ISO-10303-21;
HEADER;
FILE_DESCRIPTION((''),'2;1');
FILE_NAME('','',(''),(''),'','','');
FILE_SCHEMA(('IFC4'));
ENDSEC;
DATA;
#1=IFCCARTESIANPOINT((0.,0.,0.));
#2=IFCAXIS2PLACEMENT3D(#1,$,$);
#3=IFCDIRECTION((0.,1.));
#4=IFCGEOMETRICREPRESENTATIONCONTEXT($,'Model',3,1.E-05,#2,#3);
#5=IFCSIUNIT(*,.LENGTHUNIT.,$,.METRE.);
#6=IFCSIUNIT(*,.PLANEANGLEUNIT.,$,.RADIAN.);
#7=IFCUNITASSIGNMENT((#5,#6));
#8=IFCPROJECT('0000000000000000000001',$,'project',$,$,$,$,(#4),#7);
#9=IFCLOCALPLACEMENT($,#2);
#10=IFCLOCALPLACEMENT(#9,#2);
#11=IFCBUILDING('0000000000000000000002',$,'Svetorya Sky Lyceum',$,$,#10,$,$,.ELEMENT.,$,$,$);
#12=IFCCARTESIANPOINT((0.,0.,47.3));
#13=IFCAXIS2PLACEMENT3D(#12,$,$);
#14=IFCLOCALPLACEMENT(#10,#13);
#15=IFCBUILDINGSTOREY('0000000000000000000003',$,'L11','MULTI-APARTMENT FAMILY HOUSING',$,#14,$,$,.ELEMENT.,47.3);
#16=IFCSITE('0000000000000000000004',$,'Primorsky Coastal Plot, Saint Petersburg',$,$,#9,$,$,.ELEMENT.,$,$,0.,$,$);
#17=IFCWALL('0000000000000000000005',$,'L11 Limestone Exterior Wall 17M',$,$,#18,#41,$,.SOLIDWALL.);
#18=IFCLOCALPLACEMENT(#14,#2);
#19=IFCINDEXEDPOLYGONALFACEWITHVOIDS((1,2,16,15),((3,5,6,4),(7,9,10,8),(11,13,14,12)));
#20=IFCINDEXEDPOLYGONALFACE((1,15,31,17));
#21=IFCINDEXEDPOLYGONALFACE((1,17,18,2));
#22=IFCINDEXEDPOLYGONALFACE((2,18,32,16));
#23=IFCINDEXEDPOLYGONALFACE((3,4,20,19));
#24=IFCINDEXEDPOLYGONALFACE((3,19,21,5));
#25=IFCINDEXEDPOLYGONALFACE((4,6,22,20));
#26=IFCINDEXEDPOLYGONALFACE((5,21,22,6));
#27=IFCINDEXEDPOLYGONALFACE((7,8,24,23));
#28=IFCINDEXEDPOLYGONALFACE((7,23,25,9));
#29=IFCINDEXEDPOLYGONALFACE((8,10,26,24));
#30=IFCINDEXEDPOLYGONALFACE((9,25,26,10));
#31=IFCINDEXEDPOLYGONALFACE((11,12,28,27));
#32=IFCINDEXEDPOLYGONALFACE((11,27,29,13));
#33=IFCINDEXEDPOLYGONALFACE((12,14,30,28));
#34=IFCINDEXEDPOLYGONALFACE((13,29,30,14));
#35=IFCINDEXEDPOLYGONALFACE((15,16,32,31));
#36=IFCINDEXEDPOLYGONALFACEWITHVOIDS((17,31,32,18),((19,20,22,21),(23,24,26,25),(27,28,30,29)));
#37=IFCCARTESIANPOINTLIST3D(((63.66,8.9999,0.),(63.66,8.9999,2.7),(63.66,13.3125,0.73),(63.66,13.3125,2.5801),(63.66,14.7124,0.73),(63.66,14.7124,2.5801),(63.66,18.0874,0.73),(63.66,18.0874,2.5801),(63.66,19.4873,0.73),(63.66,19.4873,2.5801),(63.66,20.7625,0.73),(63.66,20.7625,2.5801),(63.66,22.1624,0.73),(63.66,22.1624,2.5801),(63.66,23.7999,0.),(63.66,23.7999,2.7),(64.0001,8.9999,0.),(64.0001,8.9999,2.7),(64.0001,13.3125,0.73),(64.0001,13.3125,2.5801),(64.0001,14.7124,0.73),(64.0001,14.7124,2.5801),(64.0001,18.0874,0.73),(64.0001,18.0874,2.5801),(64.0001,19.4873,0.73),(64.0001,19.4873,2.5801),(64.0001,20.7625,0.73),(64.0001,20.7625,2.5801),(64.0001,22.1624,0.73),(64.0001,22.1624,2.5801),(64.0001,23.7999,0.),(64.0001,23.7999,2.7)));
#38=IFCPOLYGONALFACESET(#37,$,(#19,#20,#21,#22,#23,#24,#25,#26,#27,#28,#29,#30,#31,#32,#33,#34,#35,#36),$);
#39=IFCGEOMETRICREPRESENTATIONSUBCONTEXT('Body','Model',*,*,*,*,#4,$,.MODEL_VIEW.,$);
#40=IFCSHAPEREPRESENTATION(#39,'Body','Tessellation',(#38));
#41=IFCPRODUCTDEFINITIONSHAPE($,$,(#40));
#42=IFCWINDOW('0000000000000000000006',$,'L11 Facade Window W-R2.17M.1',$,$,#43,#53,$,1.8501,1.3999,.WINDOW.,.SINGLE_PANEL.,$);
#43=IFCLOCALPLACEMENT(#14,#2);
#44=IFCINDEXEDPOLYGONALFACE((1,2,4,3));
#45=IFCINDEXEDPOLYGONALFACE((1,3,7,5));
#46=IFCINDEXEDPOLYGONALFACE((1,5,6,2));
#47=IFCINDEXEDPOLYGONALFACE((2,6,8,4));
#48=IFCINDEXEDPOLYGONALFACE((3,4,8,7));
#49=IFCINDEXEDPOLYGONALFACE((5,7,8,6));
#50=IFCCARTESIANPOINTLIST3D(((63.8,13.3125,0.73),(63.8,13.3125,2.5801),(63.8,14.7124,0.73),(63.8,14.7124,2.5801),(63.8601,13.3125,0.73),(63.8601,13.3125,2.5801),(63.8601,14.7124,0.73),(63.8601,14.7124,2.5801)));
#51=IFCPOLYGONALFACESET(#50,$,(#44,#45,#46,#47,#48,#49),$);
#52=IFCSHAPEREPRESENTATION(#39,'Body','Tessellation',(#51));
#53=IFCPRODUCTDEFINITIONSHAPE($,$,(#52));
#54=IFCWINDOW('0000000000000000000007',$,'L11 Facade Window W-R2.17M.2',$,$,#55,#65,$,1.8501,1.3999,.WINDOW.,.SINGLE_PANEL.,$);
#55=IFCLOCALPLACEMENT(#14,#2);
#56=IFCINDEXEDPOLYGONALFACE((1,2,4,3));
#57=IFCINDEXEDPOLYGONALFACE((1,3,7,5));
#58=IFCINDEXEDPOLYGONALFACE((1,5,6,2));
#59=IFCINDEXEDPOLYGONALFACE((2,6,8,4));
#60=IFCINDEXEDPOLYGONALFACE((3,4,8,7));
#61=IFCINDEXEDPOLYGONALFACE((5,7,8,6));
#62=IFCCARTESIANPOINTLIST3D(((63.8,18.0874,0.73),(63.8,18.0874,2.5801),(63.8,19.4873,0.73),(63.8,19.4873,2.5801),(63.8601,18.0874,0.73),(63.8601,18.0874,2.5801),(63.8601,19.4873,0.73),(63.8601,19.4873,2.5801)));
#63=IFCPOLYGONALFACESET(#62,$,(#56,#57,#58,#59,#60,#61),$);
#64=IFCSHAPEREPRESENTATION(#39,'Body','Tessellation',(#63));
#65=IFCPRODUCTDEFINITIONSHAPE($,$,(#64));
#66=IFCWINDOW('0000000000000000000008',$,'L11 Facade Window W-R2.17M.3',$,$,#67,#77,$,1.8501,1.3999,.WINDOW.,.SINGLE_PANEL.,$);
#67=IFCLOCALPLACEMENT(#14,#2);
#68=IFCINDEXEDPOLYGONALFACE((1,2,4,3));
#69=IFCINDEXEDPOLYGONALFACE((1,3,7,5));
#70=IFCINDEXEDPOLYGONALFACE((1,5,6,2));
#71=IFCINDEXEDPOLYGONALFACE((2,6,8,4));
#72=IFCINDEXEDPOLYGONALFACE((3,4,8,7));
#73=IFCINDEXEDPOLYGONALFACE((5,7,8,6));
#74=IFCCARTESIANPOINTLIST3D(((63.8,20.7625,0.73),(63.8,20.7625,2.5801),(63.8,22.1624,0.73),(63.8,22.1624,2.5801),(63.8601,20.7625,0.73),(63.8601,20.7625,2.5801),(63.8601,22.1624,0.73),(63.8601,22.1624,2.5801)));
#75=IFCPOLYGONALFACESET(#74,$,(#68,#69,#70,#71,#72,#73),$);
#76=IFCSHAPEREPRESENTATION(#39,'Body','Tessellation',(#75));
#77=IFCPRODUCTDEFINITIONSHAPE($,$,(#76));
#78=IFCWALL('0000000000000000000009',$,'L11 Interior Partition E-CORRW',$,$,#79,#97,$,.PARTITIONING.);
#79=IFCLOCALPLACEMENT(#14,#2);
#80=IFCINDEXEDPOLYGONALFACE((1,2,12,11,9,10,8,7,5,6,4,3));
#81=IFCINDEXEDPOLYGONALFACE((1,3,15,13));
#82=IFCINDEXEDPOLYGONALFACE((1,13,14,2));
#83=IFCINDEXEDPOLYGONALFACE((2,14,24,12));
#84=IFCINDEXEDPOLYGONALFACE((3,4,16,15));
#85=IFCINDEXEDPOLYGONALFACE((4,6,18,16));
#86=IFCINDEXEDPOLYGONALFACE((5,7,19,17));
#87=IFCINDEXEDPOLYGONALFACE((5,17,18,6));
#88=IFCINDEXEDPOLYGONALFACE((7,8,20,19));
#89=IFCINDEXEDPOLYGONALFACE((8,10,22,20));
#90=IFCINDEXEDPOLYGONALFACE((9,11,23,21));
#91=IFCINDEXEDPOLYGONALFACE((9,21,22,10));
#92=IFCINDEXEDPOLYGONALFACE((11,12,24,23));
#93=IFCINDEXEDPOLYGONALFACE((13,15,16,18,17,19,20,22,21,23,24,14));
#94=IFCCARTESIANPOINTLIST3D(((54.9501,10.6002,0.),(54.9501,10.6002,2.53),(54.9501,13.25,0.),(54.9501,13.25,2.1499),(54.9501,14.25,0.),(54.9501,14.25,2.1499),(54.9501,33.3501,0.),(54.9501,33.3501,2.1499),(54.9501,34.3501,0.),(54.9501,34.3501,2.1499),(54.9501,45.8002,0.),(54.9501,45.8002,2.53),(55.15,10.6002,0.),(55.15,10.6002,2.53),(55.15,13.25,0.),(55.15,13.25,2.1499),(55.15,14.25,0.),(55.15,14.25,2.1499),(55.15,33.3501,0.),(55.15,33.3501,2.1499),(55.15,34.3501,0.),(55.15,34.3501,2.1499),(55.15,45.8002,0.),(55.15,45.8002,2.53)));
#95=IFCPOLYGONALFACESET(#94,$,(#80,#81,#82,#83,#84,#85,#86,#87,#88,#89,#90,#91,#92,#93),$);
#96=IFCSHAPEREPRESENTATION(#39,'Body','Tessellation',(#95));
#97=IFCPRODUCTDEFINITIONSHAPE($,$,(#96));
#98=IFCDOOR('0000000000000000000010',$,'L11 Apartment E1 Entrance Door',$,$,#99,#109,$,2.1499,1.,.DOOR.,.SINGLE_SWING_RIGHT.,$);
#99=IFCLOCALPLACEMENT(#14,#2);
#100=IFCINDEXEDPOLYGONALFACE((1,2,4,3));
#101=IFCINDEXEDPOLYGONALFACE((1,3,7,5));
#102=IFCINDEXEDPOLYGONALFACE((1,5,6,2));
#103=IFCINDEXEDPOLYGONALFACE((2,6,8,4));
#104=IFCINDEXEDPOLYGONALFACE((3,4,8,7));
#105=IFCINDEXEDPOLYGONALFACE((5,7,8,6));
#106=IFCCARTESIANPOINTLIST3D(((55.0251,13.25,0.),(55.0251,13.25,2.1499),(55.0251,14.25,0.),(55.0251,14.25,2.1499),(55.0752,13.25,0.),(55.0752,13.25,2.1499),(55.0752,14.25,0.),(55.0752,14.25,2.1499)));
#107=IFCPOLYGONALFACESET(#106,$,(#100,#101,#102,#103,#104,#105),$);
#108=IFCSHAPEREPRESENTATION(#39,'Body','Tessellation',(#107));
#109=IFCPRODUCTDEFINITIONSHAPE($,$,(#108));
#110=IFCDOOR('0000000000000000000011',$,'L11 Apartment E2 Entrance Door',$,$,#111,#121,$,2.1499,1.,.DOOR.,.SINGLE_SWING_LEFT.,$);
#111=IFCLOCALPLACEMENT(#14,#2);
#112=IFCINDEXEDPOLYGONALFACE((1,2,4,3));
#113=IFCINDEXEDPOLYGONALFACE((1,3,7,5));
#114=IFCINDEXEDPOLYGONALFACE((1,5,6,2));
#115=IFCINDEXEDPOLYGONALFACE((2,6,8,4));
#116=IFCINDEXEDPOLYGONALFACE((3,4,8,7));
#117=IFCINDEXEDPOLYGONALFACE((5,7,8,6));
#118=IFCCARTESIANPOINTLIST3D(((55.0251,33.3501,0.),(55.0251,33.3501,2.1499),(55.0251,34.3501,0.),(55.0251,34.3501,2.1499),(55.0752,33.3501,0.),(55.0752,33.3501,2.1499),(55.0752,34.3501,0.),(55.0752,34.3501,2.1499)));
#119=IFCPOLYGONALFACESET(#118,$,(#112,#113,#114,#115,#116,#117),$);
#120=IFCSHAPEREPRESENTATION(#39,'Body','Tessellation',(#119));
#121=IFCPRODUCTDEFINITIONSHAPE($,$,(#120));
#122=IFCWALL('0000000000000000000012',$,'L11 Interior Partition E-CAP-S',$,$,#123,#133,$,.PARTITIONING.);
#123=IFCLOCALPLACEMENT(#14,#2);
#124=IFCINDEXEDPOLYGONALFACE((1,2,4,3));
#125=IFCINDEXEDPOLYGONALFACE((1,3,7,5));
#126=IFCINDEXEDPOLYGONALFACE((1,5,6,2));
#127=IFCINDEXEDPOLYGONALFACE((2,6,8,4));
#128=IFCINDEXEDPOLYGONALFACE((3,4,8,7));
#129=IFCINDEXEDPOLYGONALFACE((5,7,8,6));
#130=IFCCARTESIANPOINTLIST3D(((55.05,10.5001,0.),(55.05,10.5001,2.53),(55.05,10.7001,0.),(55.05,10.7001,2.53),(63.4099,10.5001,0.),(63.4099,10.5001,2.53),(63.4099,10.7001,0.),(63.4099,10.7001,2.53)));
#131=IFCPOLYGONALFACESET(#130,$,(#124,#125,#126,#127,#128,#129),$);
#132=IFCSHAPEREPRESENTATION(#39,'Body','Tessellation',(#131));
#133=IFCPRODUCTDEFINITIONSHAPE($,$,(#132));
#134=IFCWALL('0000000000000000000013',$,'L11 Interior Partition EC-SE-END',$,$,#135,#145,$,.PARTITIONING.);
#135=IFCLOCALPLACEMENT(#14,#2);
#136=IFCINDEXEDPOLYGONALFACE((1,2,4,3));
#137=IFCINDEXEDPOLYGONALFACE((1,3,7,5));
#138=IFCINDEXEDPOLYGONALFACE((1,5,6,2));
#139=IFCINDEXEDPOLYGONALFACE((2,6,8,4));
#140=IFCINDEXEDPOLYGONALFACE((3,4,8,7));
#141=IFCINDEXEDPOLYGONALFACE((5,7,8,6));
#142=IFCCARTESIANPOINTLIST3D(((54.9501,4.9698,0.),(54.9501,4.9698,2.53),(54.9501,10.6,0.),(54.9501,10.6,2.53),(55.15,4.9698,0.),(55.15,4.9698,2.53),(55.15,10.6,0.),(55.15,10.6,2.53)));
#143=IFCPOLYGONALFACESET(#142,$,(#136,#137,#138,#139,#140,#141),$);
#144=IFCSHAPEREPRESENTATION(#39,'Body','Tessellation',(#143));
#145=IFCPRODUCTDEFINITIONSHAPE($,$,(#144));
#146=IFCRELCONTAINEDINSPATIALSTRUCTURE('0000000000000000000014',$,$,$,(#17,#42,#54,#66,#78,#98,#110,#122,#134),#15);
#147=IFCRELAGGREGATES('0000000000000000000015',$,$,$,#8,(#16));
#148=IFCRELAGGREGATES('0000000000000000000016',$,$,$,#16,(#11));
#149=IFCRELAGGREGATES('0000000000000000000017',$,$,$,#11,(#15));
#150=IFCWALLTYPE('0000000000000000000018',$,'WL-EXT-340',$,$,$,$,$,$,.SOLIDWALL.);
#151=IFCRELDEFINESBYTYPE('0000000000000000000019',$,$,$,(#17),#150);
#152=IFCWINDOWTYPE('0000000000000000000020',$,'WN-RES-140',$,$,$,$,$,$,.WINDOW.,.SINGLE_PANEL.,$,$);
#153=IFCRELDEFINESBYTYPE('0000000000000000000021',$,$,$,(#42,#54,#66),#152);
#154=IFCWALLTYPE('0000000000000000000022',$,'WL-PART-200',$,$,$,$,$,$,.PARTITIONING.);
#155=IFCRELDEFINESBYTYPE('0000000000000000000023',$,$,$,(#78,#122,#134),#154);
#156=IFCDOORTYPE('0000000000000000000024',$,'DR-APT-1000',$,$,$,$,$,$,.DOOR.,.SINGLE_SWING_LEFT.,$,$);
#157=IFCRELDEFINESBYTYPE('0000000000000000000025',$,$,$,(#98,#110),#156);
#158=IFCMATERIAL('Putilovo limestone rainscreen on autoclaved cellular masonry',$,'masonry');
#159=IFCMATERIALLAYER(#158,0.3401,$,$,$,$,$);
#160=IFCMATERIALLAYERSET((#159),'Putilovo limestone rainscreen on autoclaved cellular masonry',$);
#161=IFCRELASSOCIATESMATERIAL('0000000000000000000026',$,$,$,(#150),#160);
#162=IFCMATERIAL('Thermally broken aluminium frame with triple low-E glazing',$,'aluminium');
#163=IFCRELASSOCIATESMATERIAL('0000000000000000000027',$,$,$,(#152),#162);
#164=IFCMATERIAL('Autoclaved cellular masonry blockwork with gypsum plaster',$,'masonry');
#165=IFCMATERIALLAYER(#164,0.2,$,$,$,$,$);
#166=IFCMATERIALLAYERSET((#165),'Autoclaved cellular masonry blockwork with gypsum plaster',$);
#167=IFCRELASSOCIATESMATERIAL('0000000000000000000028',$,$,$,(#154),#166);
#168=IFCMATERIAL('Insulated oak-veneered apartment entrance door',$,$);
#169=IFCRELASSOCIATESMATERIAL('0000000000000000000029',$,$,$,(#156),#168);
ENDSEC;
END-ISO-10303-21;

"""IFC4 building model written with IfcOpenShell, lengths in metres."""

from ifc_helpers import new_model, si_unit, direction, frame, frame_2d, origin, place, context, subcontext, project, spatial, rectangle, extrude, material, layer, layer_set, type_object, element, fill, save


model = new_model("IFC4")

# Units and contexts
model_context = context("Model", 3, precision=1e-05, world=origin(), true_north=direction((0.0, 1.0)))
body_context = subcontext(model_context, "Body", "Model", "MODEL_VIEW")
ifc_project = project(units=[si_unit("LENGTHUNIT", "METRE"), si_unit("PLANEANGLEUNIT", "RADIAN")], contexts=[model_context])

# Site, building, storey
site_placement = place(None, origin())
site = spatial("IfcSite", under=ifc_project, at=site_placement, Name="Primorsky Coastal Plot, Saint Petersburg", CompositionType="ELEMENT", RefElevation=0.0)
building_placement = place(site_placement, origin())
building = spatial("IfcBuilding", under=site, at=building_placement, Name="Svetorya Sky Lyceum", CompositionType="ELEMENT")
storey_placement = place(building_placement, frame((0.0, 0.0, 47.3)))
storey = spatial("IfcBuildingStorey", under=building, at=storey_placement, Name="L11", Description="MULTI-APARTMENT FAMILY HOUSING", CompositionType="ELEMENT", Elevation=47.3)

# Shared definitions
ifc_material_1 = material(Name="Putilovo limestone rainscreen on autoclaved cellular masonry", Category="masonry")
ifc_layer_1 = layer(ifc_material_1, 0.3401)
ifc_layer_set_1 = layer_set([ifc_layer_1], Name="Putilovo limestone rainscreen on autoclaved cellular masonry")
wall_type_1 = type_object("IfcWallType", Name="WL-EXT-340", PredefinedType="SOLIDWALL", material=ifc_layer_set_1)

# Wall, openings, windows
wall_1_placement = place(storey_placement, frame((63.8301, 9.0, 0.0), z_axis=(0.0, 0.0, 1.0), x_axis=(0.0, 1.0, 0.0)))
wall_1 = element("IfcWall", 1, at=wall_1_placement, inside=storey, type_object=wall_type_1, Name="L11 Limestone Exterior Wall 17M", PredefinedType="SOLIDWALL", context=body_context, shape_type="SweptSolid", body=[
    extrude(rectangle(XDim=14.8, YDim=0.3401, at=frame_2d((7.3999, 0.0))), origin(), (0.0, 0.0, 1.0), 2.7),
])
opening_1_placement = place(wall_1_placement, frame((4.3125, 0.0, 0.73)))
opening_1 = element("IfcOpeningElement", 2, at=opening_1_placement, cuts=wall_1, PredefinedType="OPENING", context=body_context, shape_type="SweptSolid", body=[
    extrude(rectangle(XDim=1.3999, YDim=1.8501, at=frame_2d((0.7, 0.925))), frame((0.0, 0.1799, 0.0), z_axis=(0.0, -1.0, 0.0), x_axis=(1.0, 0.0, 0.0)), (0.0, 0.0, 1.0), 0.3601),
])
opening_2_placement = place(wall_1_placement, frame((9.0874, 0.0, 0.73)))
opening_2 = element("IfcOpeningElement", 3, at=opening_2_placement, cuts=wall_1, PredefinedType="OPENING", context=body_context, shape_type="SweptSolid", body=[
    extrude(rectangle(XDim=1.3999, YDim=1.8501, at=frame_2d((0.7, 0.925))), frame((0.0, 0.1799, 0.0), z_axis=(0.0, -1.0, 0.0), x_axis=(1.0, 0.0, 0.0)), (0.0, 0.0, 1.0), 0.3601),
])
opening_3_placement = place(wall_1_placement, frame((11.7625, 0.0, 0.73)))
opening_3 = element("IfcOpeningElement", 4, at=opening_3_placement, cuts=wall_1, PredefinedType="OPENING", context=body_context, shape_type="SweptSolid", body=[
    extrude(rectangle(XDim=1.3999, YDim=1.8501, at=frame_2d((0.7, 0.925))), frame((0.0, 0.1799, 0.0), z_axis=(0.0, -1.0, 0.0), x_axis=(1.0, 0.0, 0.0)), (0.0, 0.0, 1.0), 0.3601),
])
ifc_material_2 = material(Name="Thermally broken aluminium frame with triple low-E glazing", Category="aluminium")
window_type = type_object("IfcWindowType", Name="WN-RES-140", PartitioningType="SINGLE_PANEL", PredefinedType="WINDOW", material=ifc_material_2)
window_1_placement = place(opening_1_placement, origin())
window_1 = element("IfcWindow", 5, at=window_1_placement, inside=storey, type_object=window_type, Name="L11 Facade Window W-R2.17M.1", OverallHeight=1.8501, OverallWidth=1.3999, PartitioningType="SINGLE_PANEL", PredefinedType="WINDOW", context=body_context, shape_type="SweptSolid", body=[
    extrude(rectangle(XDim=1.3999, YDim=1.8501, at=frame_2d((0.7, 0.925))), frame((0.0, 0.03, 0.0), z_axis=(0.0, -1.0, 0.0), x_axis=(1.0, 0.0, 0.0)), (0.0, 0.0, 1.0), 0.0601),
])
fill(opening_1, window_1)
window_2_placement = place(opening_2_placement, origin())
window_2 = element("IfcWindow", 6, at=window_2_placement, inside=storey, type_object=window_type, Name="L11 Facade Window W-R2.17M.2", OverallHeight=1.8501, OverallWidth=1.3999, PartitioningType="SINGLE_PANEL", PredefinedType="WINDOW", context=body_context, shape_type="SweptSolid", body=[
    extrude(rectangle(XDim=1.3999, YDim=1.8501, at=frame_2d((0.7, 0.925))), frame((0.0, 0.03, 0.0), z_axis=(0.0, -1.0, 0.0), x_axis=(1.0, 0.0, 0.0)), (0.0, 0.0, 1.0), 0.0601),
])
fill(opening_2, window_2)
window_3_placement = place(opening_3_placement, origin())
window_3 = element("IfcWindow", 7, at=window_3_placement, inside=storey, type_object=window_type, Name="L11 Facade Window W-R2.17M.3", OverallHeight=1.8501, OverallWidth=1.3999, PartitioningType="SINGLE_PANEL", PredefinedType="WINDOW", context=body_context, shape_type="SweptSolid", body=[
    extrude(rectangle(XDim=1.3999, YDim=1.8501, at=frame_2d((0.7, 0.925))), frame((0.0, 0.03, 0.0), z_axis=(0.0, -1.0, 0.0), x_axis=(1.0, 0.0, 0.0)), (0.0, 0.0, 1.0), 0.0601),
])
fill(opening_3, window_3)

# Wall, openings, doors
ifc_material_3 = material(Name="Autoclaved cellular masonry blockwork with gypsum plaster", Category="masonry")
ifc_layer_2 = layer(ifc_material_3, 0.2)
ifc_layer_set_2 = layer_set([ifc_layer_2], Name="Autoclaved cellular masonry blockwork with gypsum plaster")
wall_type_2 = type_object("IfcWallType", Name="WL-PART-200", PredefinedType="PARTITIONING", material=ifc_layer_set_2)
wall_2_placement = place(storey_placement, frame((55.05, 10.6001, 0.0), z_axis=(0.0, 0.0, 1.0), x_axis=(0.0, 1.0, 0.0)))
wall_2 = element("IfcWall", 8, at=wall_2_placement, inside=storey, type_object=wall_type_2, Name="L11 Interior Partition E-CORRW", PredefinedType="PARTITIONING", context=body_context, shape_type="SweptSolid", body=[
    extrude(rectangle(XDim=35.2, YDim=0.2, at=frame_2d((17.6001, 0.0))), origin(), (0.0, 0.0, 1.0), 2.53),
])
opening_4_placement = place(wall_2_placement, frame((2.6499, 0.0, 0.0)))
opening_4 = element("IfcOpeningElement", 9, at=opening_4_placement, cuts=wall_2, PredefinedType="OPENING", context=body_context, shape_type="SweptSolid", body=[
    extrude(rectangle(XDim=1.0, YDim=2.1499, at=frame_2d((0.5, 1.075))), frame((0.0, 0.1099, 0.0), z_axis=(0.0, -1.0, 0.0), x_axis=(1.0, 0.0, 0.0)), (0.0, 0.0, 1.0), 0.22),
])
opening_5_placement = place(wall_2_placement, frame((22.75, 0.0, 0.0)))
opening_5 = element("IfcOpeningElement", 10, at=opening_5_placement, cuts=wall_2, PredefinedType="OPENING", context=body_context, shape_type="SweptSolid", body=[
    extrude(rectangle(XDim=1.0, YDim=2.1499, at=frame_2d((0.5, 1.075))), frame((0.0, 0.1099, 0.0), z_axis=(0.0, -1.0, 0.0), x_axis=(1.0, 0.0, 0.0)), (0.0, 0.0, 1.0), 0.22),
])
ifc_material_4 = material(Name="Insulated oak-veneered apartment entrance door")
door_type_1 = type_object("IfcDoorType", Name="DR-APT-1000", OperationType="SINGLE_SWING_LEFT", PredefinedType="DOOR", material=ifc_material_4)
door_1_placement = place(opening_4_placement, origin())
door_1 = element("IfcDoor", 11, at=door_1_placement, inside=storey, type_object=door_type_1, Name="L11 Apartment E1 Entrance Door", OperationType="SINGLE_SWING_RIGHT", OverallHeight=2.1499, OverallWidth=1.0, PredefinedType="DOOR", context=body_context, shape_type="SweptSolid", body=[
    extrude(rectangle(XDim=1.0, YDim=2.1499, at=frame_2d((0.5, 1.075))), frame((0.0, 0.0249, 0.0), z_axis=(0.0, -1.0, 0.0), x_axis=(1.0, 0.0, 0.0)), (0.0, 0.0, 1.0), 0.05),
])
fill(opening_4, door_1)
door_2_placement = place(opening_5_placement, origin())
door_2 = element("IfcDoor", 12, at=door_2_placement, inside=storey, type_object=door_type_1, Name="L11 Apartment E2 Entrance Door", OperationType="SINGLE_SWING_LEFT", OverallHeight=2.1499, OverallWidth=1.0, PredefinedType="DOOR", context=body_context, shape_type="SweptSolid", body=[
    extrude(rectangle(XDim=1.0, YDim=2.1499, at=frame_2d((0.5, 1.075))), frame((0.0, 0.0249, 0.0), z_axis=(0.0, -1.0, 0.0), x_axis=(1.0, 0.0, 0.0)), (0.0, 0.0, 1.0), 0.05),
])
fill(opening_5, door_2)

# Walls
wall_3_placement = place(storey_placement, frame((55.05, 10.6001, 0.0), z_axis=(0.0, 0.0, 1.0), x_axis=(1.0, 0.0, 0.0)))
element("IfcWall", 13, at=wall_3_placement, inside=storey, type_object=wall_type_2, Name="L11 Interior Partition E-CAP-S", PredefinedType="PARTITIONING", context=body_context, shape_type="SweptSolid", body=[
    extrude(rectangle(XDim=8.3599, YDim=0.2, at=frame_2d((4.1799, 0.0))), origin(), (0.0, 0.0, 1.0), 2.53),
])
wall_4_placement = place(storey_placement, frame((55.05, 4.97, 0.0), z_axis=(0.0, 0.0, 1.0), x_axis=(0.0, 1.0, 0.0)))
element("IfcWall", 14, at=wall_4_placement, inside=storey, type_object=wall_type_2, Name="L11 Interior Partition EC-SE-END", PredefinedType="PARTITIONING", context=body_context, shape_type="SweptSolid", body=[
    extrude(rectangle(XDim=5.6301, YDim=0.2, at=frame_2d((2.8149, 0.0))), origin(), (0.0, 0.0, 1.0), 2.53),
])

save(model, "model.ifc")
